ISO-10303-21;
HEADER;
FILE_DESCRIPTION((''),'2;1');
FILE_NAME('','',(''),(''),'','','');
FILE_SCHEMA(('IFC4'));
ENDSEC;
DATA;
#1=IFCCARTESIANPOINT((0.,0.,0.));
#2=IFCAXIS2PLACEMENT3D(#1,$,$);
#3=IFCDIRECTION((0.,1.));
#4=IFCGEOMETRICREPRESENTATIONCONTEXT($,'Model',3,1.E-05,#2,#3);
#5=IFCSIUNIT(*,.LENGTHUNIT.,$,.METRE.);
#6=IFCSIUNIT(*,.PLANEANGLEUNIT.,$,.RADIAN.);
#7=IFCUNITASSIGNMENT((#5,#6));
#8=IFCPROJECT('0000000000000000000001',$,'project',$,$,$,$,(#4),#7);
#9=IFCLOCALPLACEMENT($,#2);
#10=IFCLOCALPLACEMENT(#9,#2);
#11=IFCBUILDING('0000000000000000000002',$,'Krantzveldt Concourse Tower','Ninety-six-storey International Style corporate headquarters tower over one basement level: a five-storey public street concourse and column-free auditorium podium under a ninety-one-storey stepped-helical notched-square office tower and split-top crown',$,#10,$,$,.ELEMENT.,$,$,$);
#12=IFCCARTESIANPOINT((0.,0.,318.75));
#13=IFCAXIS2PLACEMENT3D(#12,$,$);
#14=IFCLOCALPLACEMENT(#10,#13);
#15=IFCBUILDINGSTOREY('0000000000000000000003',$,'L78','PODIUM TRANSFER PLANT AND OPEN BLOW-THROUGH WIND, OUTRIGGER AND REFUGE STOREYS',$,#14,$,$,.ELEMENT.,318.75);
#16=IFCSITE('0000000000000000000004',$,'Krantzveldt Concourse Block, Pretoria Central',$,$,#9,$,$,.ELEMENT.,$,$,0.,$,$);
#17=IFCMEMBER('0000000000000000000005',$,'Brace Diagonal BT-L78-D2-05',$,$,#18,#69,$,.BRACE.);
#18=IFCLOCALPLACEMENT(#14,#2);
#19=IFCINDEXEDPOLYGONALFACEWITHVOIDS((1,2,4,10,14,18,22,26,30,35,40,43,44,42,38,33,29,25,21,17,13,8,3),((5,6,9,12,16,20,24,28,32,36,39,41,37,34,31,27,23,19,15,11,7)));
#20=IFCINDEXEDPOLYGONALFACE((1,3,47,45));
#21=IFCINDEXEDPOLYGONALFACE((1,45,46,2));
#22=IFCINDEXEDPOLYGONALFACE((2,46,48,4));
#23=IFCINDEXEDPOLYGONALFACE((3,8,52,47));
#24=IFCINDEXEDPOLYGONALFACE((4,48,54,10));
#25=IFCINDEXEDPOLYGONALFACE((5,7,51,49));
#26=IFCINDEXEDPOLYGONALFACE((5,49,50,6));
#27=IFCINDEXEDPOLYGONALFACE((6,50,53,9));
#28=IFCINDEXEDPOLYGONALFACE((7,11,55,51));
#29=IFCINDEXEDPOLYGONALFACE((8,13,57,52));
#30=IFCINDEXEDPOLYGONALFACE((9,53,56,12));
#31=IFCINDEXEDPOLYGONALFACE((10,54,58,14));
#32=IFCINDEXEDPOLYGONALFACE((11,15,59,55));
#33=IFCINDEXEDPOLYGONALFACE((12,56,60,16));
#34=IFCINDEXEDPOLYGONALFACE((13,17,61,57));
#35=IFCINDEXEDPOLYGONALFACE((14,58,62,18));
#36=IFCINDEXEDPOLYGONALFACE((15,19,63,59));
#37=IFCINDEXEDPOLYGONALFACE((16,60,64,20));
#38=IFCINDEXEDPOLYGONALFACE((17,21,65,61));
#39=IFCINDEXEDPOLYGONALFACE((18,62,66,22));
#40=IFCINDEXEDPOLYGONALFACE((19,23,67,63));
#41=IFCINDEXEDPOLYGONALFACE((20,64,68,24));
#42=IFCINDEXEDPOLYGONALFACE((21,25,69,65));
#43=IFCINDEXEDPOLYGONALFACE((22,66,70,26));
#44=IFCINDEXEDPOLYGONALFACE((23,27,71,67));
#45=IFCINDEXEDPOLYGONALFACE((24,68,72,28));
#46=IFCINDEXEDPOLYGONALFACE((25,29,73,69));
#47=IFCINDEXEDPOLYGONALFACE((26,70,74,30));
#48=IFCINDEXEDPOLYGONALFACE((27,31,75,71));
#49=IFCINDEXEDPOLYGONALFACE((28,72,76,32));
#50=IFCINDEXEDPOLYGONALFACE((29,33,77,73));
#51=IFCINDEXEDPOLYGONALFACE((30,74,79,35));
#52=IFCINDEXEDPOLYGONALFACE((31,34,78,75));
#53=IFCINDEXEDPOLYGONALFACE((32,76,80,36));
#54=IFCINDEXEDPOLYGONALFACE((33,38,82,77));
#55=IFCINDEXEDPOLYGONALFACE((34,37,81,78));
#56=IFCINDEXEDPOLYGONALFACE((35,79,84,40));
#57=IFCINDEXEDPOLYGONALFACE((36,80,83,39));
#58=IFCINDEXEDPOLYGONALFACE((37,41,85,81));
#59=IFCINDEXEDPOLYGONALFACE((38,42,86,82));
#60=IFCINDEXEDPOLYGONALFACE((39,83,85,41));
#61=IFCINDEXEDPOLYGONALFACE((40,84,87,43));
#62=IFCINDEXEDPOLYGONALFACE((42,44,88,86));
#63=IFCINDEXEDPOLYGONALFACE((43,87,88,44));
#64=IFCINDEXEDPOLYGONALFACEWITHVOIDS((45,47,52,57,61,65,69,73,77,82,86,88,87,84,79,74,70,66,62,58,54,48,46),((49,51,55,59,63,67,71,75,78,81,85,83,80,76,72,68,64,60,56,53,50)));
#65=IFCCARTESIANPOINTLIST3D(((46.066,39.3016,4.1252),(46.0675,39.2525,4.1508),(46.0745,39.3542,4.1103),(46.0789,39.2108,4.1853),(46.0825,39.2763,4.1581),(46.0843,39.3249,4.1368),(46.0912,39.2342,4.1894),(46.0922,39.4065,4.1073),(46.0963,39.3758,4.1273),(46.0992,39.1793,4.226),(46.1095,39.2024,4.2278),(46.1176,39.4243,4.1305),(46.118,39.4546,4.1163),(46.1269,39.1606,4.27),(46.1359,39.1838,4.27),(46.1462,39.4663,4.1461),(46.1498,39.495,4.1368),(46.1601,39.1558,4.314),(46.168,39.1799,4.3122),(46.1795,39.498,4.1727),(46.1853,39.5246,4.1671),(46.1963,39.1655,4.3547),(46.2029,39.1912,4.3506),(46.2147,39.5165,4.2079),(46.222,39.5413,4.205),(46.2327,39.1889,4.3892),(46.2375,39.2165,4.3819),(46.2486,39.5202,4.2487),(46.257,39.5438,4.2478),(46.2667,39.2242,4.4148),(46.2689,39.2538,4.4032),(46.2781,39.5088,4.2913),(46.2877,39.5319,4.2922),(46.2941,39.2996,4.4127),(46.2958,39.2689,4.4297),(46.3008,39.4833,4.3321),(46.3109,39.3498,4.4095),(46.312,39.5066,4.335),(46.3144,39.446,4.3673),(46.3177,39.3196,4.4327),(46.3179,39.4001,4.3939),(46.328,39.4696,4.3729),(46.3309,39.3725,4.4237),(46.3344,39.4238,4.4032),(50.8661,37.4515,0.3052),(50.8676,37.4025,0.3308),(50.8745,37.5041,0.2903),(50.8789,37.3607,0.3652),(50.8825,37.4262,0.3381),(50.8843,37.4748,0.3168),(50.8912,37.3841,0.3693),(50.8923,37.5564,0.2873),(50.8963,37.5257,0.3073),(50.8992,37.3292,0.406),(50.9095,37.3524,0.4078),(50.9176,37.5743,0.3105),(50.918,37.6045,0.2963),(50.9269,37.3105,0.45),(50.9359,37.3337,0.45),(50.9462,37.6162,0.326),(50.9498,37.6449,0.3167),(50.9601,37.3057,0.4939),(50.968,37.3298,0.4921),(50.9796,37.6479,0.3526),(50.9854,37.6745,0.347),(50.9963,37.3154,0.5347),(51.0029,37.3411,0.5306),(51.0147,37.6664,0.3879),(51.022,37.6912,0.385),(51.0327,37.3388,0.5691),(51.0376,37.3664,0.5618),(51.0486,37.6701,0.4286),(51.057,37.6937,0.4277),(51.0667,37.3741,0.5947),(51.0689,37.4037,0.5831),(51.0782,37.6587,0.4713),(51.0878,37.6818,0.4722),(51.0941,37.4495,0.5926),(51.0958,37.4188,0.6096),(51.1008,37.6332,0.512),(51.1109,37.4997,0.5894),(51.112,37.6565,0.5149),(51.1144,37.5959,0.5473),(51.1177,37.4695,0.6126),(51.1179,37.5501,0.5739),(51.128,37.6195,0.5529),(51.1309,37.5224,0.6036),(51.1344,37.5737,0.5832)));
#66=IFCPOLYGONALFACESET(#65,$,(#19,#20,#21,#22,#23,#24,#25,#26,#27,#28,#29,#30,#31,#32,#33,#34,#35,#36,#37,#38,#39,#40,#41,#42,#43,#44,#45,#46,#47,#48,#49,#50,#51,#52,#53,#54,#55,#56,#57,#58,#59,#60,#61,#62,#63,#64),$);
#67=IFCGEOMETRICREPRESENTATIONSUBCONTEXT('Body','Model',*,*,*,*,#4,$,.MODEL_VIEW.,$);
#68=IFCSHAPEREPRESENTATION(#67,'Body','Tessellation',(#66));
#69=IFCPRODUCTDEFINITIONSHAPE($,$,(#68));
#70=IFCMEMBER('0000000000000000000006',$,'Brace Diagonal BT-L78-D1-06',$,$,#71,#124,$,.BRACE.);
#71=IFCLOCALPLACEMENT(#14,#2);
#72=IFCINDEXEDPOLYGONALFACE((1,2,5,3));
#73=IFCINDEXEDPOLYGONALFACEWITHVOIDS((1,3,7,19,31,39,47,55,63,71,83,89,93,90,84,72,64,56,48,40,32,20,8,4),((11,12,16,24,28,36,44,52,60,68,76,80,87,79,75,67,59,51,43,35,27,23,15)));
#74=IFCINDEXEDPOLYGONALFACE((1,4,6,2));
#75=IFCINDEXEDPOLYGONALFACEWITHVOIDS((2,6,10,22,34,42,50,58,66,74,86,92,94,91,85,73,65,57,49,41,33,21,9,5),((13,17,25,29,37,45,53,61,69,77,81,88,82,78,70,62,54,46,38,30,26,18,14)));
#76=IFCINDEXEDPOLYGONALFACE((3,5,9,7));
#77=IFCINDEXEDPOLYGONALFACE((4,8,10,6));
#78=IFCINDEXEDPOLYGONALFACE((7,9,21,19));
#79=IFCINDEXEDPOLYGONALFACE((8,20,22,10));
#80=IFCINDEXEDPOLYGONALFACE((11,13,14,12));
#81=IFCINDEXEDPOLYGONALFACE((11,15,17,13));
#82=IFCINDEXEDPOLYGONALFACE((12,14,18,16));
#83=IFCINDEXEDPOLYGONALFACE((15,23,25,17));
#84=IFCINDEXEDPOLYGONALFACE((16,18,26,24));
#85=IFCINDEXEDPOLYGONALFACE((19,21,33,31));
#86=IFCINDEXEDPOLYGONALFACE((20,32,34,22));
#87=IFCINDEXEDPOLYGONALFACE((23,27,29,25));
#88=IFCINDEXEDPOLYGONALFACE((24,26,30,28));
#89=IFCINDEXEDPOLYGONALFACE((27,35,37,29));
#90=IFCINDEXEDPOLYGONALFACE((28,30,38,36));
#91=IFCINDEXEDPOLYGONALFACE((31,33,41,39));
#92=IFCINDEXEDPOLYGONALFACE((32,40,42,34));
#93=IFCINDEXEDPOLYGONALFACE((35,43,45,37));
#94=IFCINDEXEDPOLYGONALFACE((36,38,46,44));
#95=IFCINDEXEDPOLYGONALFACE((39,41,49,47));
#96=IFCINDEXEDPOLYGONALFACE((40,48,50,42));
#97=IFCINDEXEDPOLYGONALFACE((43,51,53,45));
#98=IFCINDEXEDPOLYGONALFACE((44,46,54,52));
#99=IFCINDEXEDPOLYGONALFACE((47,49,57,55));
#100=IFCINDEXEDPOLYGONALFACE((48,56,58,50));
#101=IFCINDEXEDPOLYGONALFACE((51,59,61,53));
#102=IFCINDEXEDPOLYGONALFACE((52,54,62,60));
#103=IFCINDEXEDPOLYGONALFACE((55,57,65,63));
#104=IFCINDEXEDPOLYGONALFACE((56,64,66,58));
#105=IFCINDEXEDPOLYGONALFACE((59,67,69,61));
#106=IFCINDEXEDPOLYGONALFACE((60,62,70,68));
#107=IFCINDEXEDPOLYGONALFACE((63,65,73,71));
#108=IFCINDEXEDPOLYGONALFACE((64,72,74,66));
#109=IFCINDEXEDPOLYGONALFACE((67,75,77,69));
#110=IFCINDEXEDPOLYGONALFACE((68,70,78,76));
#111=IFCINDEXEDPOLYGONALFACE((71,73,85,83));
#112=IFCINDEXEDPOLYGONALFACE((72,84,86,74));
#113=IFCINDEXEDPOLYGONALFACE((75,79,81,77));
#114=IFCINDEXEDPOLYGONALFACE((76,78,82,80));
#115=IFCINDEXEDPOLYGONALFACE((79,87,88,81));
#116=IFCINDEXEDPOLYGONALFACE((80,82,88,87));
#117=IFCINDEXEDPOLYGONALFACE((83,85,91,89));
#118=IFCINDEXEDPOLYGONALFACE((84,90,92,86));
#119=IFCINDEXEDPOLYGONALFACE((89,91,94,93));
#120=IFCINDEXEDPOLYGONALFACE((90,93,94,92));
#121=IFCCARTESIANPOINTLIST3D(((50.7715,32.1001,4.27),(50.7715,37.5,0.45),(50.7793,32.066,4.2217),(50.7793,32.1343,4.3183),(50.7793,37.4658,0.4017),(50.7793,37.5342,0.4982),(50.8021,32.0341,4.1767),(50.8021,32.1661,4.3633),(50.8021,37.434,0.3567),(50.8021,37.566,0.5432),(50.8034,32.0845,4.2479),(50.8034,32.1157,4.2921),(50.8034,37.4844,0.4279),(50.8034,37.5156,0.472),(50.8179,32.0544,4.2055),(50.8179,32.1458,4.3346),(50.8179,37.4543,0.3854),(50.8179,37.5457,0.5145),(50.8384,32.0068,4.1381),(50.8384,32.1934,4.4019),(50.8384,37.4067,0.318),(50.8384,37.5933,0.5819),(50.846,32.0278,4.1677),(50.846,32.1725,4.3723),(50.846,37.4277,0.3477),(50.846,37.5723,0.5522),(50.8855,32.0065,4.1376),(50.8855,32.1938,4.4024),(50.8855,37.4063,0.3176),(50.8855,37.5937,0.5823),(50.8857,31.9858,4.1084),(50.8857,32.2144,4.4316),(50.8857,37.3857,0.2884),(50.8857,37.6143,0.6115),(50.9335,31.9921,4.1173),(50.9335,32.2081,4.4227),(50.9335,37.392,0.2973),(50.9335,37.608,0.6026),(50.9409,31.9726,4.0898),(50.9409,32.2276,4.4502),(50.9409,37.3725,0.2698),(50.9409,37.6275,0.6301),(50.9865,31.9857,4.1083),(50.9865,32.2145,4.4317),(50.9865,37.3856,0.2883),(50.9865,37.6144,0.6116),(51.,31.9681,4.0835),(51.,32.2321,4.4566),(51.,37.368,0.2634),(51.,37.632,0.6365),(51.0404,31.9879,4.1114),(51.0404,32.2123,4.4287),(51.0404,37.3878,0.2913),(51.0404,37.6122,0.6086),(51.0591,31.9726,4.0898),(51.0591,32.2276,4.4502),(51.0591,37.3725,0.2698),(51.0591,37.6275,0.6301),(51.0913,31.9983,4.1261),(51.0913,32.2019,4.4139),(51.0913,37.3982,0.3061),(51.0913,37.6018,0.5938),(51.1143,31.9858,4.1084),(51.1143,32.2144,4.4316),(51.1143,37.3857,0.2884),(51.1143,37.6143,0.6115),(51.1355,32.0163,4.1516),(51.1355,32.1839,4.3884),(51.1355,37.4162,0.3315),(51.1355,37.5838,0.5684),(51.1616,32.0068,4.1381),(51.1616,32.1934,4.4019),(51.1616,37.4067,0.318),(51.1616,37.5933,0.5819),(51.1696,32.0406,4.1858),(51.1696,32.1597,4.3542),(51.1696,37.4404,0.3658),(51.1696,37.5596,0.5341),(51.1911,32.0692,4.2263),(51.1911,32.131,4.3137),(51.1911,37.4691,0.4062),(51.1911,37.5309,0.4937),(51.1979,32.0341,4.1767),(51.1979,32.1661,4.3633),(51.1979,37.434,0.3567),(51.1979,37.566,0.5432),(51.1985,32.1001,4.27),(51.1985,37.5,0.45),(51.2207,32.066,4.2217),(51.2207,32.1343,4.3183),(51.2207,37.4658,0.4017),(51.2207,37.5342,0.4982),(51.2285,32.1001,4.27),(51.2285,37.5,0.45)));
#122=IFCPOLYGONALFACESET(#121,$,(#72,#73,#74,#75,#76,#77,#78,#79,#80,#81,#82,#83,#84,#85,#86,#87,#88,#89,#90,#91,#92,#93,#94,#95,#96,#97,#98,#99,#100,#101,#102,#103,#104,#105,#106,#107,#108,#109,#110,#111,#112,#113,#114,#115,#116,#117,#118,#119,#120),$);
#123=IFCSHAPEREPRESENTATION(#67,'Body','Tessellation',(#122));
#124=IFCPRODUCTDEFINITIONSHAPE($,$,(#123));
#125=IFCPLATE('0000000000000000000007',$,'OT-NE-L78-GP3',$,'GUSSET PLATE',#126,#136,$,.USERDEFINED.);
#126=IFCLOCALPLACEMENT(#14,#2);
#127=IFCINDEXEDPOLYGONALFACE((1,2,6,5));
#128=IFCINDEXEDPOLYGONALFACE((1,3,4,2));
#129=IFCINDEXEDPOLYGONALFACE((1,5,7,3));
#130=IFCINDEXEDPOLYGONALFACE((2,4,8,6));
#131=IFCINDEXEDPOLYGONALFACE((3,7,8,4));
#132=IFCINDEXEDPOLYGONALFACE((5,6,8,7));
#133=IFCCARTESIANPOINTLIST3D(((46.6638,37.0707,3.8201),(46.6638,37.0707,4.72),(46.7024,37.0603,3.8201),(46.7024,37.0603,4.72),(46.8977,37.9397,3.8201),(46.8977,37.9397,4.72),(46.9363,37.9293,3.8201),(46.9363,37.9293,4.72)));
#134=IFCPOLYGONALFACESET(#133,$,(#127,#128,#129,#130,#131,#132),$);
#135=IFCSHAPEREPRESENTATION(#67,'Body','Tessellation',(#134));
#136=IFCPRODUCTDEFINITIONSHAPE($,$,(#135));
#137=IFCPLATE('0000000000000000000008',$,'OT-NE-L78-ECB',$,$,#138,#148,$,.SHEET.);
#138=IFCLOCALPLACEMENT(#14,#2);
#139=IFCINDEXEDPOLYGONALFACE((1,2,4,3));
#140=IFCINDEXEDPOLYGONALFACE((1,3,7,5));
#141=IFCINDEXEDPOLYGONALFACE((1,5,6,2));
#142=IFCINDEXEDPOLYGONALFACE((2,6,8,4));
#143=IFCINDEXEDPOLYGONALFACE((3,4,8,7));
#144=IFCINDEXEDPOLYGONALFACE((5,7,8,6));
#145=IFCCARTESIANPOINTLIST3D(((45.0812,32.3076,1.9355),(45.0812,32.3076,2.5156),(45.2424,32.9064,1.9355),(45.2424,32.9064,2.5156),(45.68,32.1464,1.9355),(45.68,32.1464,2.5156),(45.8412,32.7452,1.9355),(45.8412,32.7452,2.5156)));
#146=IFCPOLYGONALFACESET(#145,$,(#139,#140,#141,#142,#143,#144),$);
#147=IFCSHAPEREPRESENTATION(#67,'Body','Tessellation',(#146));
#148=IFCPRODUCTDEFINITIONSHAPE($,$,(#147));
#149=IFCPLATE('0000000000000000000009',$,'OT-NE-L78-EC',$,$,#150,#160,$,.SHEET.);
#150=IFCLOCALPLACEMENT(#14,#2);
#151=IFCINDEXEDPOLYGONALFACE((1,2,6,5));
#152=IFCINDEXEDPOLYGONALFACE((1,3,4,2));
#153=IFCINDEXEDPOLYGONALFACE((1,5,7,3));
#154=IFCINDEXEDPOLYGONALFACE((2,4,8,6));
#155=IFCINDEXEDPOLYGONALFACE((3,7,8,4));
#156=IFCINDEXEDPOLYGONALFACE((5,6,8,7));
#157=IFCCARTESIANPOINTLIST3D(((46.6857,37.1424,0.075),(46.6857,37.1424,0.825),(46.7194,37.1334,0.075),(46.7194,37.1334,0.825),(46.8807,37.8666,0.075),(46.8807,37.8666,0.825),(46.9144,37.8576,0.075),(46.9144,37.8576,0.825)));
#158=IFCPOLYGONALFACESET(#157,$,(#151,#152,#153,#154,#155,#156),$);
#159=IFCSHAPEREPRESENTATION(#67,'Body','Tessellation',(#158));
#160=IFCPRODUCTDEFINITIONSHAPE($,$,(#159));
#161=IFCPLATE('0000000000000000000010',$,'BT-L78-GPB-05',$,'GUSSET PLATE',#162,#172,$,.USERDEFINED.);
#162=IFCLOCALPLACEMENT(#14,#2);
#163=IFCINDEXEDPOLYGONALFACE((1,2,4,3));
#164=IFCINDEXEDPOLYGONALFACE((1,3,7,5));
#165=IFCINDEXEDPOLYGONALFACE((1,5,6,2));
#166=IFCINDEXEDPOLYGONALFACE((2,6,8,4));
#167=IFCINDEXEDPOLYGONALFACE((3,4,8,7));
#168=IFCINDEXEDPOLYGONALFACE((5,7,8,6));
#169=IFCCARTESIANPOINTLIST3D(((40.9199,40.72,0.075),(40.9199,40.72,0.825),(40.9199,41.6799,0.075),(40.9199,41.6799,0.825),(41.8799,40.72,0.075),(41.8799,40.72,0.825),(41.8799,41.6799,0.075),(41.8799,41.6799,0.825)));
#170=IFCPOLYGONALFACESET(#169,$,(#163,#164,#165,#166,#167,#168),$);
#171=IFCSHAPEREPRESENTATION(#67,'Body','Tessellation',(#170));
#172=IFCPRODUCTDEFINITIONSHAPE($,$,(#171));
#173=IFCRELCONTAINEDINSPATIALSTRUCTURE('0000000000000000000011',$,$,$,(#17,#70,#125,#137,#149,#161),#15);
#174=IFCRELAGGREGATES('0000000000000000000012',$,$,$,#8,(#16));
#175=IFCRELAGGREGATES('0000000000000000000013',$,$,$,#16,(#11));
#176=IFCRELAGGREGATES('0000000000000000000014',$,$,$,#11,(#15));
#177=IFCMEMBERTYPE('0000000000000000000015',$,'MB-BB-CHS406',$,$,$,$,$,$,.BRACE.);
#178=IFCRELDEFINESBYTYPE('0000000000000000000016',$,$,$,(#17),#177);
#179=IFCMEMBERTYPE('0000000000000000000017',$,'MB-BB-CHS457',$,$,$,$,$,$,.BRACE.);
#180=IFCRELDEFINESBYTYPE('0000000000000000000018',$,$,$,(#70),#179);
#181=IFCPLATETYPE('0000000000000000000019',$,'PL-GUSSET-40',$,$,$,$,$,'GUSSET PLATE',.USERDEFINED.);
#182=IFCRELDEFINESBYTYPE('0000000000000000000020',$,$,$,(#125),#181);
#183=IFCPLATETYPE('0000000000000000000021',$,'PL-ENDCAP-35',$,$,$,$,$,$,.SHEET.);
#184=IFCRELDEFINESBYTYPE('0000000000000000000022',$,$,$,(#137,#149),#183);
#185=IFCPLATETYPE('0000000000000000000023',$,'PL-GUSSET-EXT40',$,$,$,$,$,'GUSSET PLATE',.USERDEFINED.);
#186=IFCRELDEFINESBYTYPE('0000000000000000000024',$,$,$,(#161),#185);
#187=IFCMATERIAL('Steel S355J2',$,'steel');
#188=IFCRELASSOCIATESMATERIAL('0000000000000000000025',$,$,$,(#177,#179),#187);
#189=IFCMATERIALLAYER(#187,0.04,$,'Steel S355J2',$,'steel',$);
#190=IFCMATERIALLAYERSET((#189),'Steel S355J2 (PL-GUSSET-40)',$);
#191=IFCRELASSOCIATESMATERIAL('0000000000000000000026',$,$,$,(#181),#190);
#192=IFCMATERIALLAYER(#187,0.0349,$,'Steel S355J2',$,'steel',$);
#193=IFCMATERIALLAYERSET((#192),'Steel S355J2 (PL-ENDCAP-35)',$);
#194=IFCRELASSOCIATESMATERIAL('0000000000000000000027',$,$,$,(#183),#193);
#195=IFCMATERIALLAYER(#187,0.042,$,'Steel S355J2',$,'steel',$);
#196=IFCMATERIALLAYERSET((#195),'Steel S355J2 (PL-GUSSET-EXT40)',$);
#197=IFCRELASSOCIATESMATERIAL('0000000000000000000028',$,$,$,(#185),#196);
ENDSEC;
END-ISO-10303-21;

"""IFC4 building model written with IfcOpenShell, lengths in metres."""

from ifc_helpers import new_model, si_unit, direction, frame, origin, origin_2d, place, context, subcontext, project, spatial, rectangle, hollow_circle, extrude, source, transform, mapped, material, layer, layer_set, material_profile, profile_set, type_object, type_shapes, element, save


model = new_model("IFC4")

# Units and contexts
model_context = context("Model", 3, precision=1e-05, world=origin(), true_north=direction((0.0, 1.0)))
body_context = subcontext(model_context, "Body", "Model", "MODEL_VIEW")
ifc_project = project(units=[si_unit("LENGTHUNIT", "METRE"), si_unit("PLANEANGLEUNIT", "RADIAN")], contexts=[model_context])

# Site, building, storey
site_placement = place(None, origin())
site = spatial("IfcSite", under=ifc_project, at=site_placement, Name="Krantzveldt Concourse Block, Pretoria Central", CompositionType="ELEMENT", RefElevation=0.0)
building_placement = place(site_placement, origin())
building = spatial("IfcBuilding", under=site, at=building_placement, Name="Krantzveldt Concourse Tower", Description="Ninety-six-storey International Style corporate headquarters tower over one basement level: a five-storey public street concourse and column-free auditorium podium under a ninety-one-storey stepped-helical notched-square office tower and split-top crown", CompositionType="ELEMENT")
storey_placement = place(building_placement, frame((0.0, 0.0, 318.75)))
storey = spatial("IfcBuildingStorey", under=building, at=storey_placement, Name="L78", Description="PODIUM TRANSFER PLANT AND OPEN BLOW-THROUGH WIND, OUTRIGGER AND REFUGE STOREYS", CompositionType="ELEMENT", Elevation=318.75)

# Shared definitions
ifc_material_1 = material(Name="Steel S355J2", Category="steel")

# Members
ifc_material_profile_1 = material_profile(ifc_material_1, hollow_circle(Radius=0.2031, WallThickness=0.0249, at=origin_2d()), Name="Steel S355J2", Category="steel")
ifc_profile_set_1 = profile_set([ifc_material_profile_1], Name="Steel S355J2 - CHS 406.4x25")
member_type_1 = type_object("IfcMemberType", Name="MB-BB-CHS406", PredefinedType="BRACE", material=ifc_profile_set_1)
ifc_material_profile_2 = material_profile(ifc_material_1, hollow_circle(Radius=0.2285, WallThickness=0.03, at=origin_2d()), Name="Steel S355J2", Category="steel")
ifc_profile_set_2 = profile_set([ifc_material_profile_2], Name="Steel S355J2 - CHS 457x30")
member_type_2 = type_object("IfcMemberType", Name="MB-BB-CHS457", PredefinedType="BRACE", material=ifc_profile_set_2)
shared_shape_1 = source(origin(), body_context, "Body", "SweptSolid", [
    extrude(hollow_circle(Radius=0.2031, WallThickness=0.0249, at=origin_2d()), origin(), (0.0, 0.0, 1.0), 6.4075),
])
member_1_placement = place(storey_placement, frame((51.0, 37.5, 0.45), z_axis=(-0.749128, 0.288739, 0.596186), x_axis=(-0.359644, -0.93309, 0.0)))
element("IfcMember", 1, at=member_1_placement, inside=storey, type_object=member_type_1, Name="Brace Diagonal BT-L78-D2-05", PredefinedType="BRACE", context=body_context, shape_type="MappedRepresentation", body=[
    mapped(shared_shape_1, transform((0.0, 0.0, 0.0), x_axis=(1.0, 0.0, 0.0), y_axis=(0.0, 1.0, 0.0), z_axis=(0.0, 0.0, 1.0), scale=1.0)),
])
shared_shape_2 = source(origin(), body_context, "Body", "SweptSolid", [
    extrude(hollow_circle(Radius=0.2285, WallThickness=0.03, at=origin_2d()), origin(), (0.0, 0.0, 1.0), 6.6145),
])
member_2_placement = place(storey_placement, frame((51.0, 37.5, 0.45), z_axis=(0.0, -0.816371, 0.577528), x_axis=(1.0, 0.0, 0.0)))
element("IfcMember", 2, at=member_2_placement, inside=storey, type_object=member_type_2, Name="Brace Diagonal BT-L78-D1-06", PredefinedType="BRACE", context=body_context, shape_type="MappedRepresentation", body=[
    mapped(shared_shape_2, transform((0.0, 0.0, 0.0), x_axis=(1.0, 0.0, 0.0), y_axis=(0.0, 1.0, 0.0), z_axis=(0.0, 0.0, 1.0), scale=1.0)),
])

# Plates
ifc_layer_1 = layer(ifc_material_1, 0.04, Name="Steel S355J2", Category="steel")
ifc_layer_set_1 = layer_set([ifc_layer_1], Name="Steel S355J2 (PL-GUSSET-40)")
plate_type_1 = type_object("IfcPlateType", Name="PL-GUSSET-40", ElementType="GUSSET PLATE", PredefinedType="USERDEFINED", material=ifc_layer_set_1)
shared_shape_3 = source(origin(), body_context, "Body", "SweptSolid", [
    extrude(rectangle(XDim=0.8999, YDim=0.04, at=origin_2d()), origin(), (0.0, 0.0, 1.0), 0.8999),
])
type_shapes(plate_type_1, [shared_shape_3])
plate_1_placement = place(storey_placement, frame((46.8, 37.5, 3.8201), z_axis=(0.0, 0.0, 1.0), x_axis=(0.259915, 0.965632, 0.0)))
element("IfcPlate", 3, at=plate_1_placement, inside=storey, type_object=plate_type_1, Name="OT-NE-L78-GP3", ObjectType="GUSSET PLATE", PredefinedType="USERDEFINED", context=body_context, shape_type="MappedRepresentation", body=[
    mapped(shared_shape_3, transform((0.0, 0.0, 0.0), x_axis=(1.0, 0.0, 0.0), y_axis=(0.0, 1.0, 0.0), z_axis=(0.0, 0.0, 1.0), scale=1.0)),
])
ifc_layer_2 = layer(ifc_material_1, 0.0349, Name="Steel S355J2", Category="steel")
ifc_layer_set_2 = layer_set([ifc_layer_2], Name="Steel S355J2 (PL-ENDCAP-35)")
plate_type_2 = type_object("IfcPlateType", Name="PL-ENDCAP-35", PredefinedType="SHEET", material=ifc_layer_set_2)
shared_shape_4 = source(origin(), body_context, "Body", "SweptSolid", [
    extrude(rectangle(XDim=0.6201, YDim=0.6201, at=origin_2d()), origin(), (0.0, 0.0, 1.0), 0.5801),
])
plate_2_placement = place(storey_placement, frame((45.4612, 32.5264, 1.9355), z_axis=(0.0, 0.0, 1.0), x_axis=(0.259915, 0.965632, 0.0)))
element("IfcPlate", 4, at=plate_2_placement, inside=storey, type_object=plate_type_2, Name="OT-NE-L78-ECB", PredefinedType="SHEET", context=body_context, shape_type="MappedRepresentation", body=[
    mapped(shared_shape_4, transform((0.0, 0.0, 0.0), x_axis=(1.0, 0.0, 0.0), y_axis=(0.0, 1.0, 0.0), z_axis=(0.0, 0.0, 1.0), scale=1.0)),
])
shared_shape_5 = source(origin(), body_context, "Body", "SweptSolid", [
    extrude(rectangle(XDim=0.75, YDim=0.0349, at=origin_2d()), origin(), (0.0, 0.0, 1.0), 0.75),
])
type_shapes(plate_type_2, [shared_shape_4, shared_shape_5])
plate_3_placement = place(storey_placement, frame((46.8, 37.5, 0.075), z_axis=(0.0, 0.0, 1.0), x_axis=(0.259915, 0.965632, 0.0)))
element("IfcPlate", 5, at=plate_3_placement, inside=storey, type_object=plate_type_2, Name="OT-NE-L78-EC", PredefinedType="SHEET", context=body_context, shape_type="MappedRepresentation", body=[
    mapped(shared_shape_5, transform((0.0, 0.0, 0.0), x_axis=(1.0, 0.0, 0.0), y_axis=(0.0, 1.0, 0.0), z_axis=(0.0, 0.0, 1.0), scale=1.0)),
])
ifc_layer_3 = layer(ifc_material_1, 0.042, Name="Steel S355J2", Category="steel")
ifc_layer_set_3 = layer_set([ifc_layer_3], Name="Steel S355J2 (PL-GUSSET-EXT40)")
plate_type_3 = type_object("IfcPlateType", Name="PL-GUSSET-EXT40", ElementType="GUSSET PLATE", PredefinedType="USERDEFINED", material=ifc_layer_set_3)
shared_shape_6 = source(origin(), body_context, "Body", "SweptSolid", [
    extrude(rectangle(XDim=0.96, YDim=0.96, at=origin_2d()), origin(), (0.0, 0.0, 1.0), 0.75),
])
for number, where, z_axis, x_axis, name in (
    (6, (41.3999, 41.2, 0.075), (0.0, 0.0, 1.0), (1.0, 0.0, 0.0), "BT-L78-GPB-05"),
):
    element("IfcPlate", number, at=place(storey_placement, frame(where, z_axis=z_axis, x_axis=x_axis)), inside=storey, type_object=plate_type_3, Name=name, ObjectType="GUSSET PLATE", PredefinedType="USERDEFINED", context=body_context, shape_type="MappedRepresentation", body=[
        mapped(shared_shape_6, transform((0.0, 0.0, 0.0), x_axis=(1.0, 0.0, 0.0), y_axis=(0.0, 1.0, 0.0), z_axis=(0.0, 0.0, 1.0), scale=1.0)),
    ])

save(model, "model.ifc")
